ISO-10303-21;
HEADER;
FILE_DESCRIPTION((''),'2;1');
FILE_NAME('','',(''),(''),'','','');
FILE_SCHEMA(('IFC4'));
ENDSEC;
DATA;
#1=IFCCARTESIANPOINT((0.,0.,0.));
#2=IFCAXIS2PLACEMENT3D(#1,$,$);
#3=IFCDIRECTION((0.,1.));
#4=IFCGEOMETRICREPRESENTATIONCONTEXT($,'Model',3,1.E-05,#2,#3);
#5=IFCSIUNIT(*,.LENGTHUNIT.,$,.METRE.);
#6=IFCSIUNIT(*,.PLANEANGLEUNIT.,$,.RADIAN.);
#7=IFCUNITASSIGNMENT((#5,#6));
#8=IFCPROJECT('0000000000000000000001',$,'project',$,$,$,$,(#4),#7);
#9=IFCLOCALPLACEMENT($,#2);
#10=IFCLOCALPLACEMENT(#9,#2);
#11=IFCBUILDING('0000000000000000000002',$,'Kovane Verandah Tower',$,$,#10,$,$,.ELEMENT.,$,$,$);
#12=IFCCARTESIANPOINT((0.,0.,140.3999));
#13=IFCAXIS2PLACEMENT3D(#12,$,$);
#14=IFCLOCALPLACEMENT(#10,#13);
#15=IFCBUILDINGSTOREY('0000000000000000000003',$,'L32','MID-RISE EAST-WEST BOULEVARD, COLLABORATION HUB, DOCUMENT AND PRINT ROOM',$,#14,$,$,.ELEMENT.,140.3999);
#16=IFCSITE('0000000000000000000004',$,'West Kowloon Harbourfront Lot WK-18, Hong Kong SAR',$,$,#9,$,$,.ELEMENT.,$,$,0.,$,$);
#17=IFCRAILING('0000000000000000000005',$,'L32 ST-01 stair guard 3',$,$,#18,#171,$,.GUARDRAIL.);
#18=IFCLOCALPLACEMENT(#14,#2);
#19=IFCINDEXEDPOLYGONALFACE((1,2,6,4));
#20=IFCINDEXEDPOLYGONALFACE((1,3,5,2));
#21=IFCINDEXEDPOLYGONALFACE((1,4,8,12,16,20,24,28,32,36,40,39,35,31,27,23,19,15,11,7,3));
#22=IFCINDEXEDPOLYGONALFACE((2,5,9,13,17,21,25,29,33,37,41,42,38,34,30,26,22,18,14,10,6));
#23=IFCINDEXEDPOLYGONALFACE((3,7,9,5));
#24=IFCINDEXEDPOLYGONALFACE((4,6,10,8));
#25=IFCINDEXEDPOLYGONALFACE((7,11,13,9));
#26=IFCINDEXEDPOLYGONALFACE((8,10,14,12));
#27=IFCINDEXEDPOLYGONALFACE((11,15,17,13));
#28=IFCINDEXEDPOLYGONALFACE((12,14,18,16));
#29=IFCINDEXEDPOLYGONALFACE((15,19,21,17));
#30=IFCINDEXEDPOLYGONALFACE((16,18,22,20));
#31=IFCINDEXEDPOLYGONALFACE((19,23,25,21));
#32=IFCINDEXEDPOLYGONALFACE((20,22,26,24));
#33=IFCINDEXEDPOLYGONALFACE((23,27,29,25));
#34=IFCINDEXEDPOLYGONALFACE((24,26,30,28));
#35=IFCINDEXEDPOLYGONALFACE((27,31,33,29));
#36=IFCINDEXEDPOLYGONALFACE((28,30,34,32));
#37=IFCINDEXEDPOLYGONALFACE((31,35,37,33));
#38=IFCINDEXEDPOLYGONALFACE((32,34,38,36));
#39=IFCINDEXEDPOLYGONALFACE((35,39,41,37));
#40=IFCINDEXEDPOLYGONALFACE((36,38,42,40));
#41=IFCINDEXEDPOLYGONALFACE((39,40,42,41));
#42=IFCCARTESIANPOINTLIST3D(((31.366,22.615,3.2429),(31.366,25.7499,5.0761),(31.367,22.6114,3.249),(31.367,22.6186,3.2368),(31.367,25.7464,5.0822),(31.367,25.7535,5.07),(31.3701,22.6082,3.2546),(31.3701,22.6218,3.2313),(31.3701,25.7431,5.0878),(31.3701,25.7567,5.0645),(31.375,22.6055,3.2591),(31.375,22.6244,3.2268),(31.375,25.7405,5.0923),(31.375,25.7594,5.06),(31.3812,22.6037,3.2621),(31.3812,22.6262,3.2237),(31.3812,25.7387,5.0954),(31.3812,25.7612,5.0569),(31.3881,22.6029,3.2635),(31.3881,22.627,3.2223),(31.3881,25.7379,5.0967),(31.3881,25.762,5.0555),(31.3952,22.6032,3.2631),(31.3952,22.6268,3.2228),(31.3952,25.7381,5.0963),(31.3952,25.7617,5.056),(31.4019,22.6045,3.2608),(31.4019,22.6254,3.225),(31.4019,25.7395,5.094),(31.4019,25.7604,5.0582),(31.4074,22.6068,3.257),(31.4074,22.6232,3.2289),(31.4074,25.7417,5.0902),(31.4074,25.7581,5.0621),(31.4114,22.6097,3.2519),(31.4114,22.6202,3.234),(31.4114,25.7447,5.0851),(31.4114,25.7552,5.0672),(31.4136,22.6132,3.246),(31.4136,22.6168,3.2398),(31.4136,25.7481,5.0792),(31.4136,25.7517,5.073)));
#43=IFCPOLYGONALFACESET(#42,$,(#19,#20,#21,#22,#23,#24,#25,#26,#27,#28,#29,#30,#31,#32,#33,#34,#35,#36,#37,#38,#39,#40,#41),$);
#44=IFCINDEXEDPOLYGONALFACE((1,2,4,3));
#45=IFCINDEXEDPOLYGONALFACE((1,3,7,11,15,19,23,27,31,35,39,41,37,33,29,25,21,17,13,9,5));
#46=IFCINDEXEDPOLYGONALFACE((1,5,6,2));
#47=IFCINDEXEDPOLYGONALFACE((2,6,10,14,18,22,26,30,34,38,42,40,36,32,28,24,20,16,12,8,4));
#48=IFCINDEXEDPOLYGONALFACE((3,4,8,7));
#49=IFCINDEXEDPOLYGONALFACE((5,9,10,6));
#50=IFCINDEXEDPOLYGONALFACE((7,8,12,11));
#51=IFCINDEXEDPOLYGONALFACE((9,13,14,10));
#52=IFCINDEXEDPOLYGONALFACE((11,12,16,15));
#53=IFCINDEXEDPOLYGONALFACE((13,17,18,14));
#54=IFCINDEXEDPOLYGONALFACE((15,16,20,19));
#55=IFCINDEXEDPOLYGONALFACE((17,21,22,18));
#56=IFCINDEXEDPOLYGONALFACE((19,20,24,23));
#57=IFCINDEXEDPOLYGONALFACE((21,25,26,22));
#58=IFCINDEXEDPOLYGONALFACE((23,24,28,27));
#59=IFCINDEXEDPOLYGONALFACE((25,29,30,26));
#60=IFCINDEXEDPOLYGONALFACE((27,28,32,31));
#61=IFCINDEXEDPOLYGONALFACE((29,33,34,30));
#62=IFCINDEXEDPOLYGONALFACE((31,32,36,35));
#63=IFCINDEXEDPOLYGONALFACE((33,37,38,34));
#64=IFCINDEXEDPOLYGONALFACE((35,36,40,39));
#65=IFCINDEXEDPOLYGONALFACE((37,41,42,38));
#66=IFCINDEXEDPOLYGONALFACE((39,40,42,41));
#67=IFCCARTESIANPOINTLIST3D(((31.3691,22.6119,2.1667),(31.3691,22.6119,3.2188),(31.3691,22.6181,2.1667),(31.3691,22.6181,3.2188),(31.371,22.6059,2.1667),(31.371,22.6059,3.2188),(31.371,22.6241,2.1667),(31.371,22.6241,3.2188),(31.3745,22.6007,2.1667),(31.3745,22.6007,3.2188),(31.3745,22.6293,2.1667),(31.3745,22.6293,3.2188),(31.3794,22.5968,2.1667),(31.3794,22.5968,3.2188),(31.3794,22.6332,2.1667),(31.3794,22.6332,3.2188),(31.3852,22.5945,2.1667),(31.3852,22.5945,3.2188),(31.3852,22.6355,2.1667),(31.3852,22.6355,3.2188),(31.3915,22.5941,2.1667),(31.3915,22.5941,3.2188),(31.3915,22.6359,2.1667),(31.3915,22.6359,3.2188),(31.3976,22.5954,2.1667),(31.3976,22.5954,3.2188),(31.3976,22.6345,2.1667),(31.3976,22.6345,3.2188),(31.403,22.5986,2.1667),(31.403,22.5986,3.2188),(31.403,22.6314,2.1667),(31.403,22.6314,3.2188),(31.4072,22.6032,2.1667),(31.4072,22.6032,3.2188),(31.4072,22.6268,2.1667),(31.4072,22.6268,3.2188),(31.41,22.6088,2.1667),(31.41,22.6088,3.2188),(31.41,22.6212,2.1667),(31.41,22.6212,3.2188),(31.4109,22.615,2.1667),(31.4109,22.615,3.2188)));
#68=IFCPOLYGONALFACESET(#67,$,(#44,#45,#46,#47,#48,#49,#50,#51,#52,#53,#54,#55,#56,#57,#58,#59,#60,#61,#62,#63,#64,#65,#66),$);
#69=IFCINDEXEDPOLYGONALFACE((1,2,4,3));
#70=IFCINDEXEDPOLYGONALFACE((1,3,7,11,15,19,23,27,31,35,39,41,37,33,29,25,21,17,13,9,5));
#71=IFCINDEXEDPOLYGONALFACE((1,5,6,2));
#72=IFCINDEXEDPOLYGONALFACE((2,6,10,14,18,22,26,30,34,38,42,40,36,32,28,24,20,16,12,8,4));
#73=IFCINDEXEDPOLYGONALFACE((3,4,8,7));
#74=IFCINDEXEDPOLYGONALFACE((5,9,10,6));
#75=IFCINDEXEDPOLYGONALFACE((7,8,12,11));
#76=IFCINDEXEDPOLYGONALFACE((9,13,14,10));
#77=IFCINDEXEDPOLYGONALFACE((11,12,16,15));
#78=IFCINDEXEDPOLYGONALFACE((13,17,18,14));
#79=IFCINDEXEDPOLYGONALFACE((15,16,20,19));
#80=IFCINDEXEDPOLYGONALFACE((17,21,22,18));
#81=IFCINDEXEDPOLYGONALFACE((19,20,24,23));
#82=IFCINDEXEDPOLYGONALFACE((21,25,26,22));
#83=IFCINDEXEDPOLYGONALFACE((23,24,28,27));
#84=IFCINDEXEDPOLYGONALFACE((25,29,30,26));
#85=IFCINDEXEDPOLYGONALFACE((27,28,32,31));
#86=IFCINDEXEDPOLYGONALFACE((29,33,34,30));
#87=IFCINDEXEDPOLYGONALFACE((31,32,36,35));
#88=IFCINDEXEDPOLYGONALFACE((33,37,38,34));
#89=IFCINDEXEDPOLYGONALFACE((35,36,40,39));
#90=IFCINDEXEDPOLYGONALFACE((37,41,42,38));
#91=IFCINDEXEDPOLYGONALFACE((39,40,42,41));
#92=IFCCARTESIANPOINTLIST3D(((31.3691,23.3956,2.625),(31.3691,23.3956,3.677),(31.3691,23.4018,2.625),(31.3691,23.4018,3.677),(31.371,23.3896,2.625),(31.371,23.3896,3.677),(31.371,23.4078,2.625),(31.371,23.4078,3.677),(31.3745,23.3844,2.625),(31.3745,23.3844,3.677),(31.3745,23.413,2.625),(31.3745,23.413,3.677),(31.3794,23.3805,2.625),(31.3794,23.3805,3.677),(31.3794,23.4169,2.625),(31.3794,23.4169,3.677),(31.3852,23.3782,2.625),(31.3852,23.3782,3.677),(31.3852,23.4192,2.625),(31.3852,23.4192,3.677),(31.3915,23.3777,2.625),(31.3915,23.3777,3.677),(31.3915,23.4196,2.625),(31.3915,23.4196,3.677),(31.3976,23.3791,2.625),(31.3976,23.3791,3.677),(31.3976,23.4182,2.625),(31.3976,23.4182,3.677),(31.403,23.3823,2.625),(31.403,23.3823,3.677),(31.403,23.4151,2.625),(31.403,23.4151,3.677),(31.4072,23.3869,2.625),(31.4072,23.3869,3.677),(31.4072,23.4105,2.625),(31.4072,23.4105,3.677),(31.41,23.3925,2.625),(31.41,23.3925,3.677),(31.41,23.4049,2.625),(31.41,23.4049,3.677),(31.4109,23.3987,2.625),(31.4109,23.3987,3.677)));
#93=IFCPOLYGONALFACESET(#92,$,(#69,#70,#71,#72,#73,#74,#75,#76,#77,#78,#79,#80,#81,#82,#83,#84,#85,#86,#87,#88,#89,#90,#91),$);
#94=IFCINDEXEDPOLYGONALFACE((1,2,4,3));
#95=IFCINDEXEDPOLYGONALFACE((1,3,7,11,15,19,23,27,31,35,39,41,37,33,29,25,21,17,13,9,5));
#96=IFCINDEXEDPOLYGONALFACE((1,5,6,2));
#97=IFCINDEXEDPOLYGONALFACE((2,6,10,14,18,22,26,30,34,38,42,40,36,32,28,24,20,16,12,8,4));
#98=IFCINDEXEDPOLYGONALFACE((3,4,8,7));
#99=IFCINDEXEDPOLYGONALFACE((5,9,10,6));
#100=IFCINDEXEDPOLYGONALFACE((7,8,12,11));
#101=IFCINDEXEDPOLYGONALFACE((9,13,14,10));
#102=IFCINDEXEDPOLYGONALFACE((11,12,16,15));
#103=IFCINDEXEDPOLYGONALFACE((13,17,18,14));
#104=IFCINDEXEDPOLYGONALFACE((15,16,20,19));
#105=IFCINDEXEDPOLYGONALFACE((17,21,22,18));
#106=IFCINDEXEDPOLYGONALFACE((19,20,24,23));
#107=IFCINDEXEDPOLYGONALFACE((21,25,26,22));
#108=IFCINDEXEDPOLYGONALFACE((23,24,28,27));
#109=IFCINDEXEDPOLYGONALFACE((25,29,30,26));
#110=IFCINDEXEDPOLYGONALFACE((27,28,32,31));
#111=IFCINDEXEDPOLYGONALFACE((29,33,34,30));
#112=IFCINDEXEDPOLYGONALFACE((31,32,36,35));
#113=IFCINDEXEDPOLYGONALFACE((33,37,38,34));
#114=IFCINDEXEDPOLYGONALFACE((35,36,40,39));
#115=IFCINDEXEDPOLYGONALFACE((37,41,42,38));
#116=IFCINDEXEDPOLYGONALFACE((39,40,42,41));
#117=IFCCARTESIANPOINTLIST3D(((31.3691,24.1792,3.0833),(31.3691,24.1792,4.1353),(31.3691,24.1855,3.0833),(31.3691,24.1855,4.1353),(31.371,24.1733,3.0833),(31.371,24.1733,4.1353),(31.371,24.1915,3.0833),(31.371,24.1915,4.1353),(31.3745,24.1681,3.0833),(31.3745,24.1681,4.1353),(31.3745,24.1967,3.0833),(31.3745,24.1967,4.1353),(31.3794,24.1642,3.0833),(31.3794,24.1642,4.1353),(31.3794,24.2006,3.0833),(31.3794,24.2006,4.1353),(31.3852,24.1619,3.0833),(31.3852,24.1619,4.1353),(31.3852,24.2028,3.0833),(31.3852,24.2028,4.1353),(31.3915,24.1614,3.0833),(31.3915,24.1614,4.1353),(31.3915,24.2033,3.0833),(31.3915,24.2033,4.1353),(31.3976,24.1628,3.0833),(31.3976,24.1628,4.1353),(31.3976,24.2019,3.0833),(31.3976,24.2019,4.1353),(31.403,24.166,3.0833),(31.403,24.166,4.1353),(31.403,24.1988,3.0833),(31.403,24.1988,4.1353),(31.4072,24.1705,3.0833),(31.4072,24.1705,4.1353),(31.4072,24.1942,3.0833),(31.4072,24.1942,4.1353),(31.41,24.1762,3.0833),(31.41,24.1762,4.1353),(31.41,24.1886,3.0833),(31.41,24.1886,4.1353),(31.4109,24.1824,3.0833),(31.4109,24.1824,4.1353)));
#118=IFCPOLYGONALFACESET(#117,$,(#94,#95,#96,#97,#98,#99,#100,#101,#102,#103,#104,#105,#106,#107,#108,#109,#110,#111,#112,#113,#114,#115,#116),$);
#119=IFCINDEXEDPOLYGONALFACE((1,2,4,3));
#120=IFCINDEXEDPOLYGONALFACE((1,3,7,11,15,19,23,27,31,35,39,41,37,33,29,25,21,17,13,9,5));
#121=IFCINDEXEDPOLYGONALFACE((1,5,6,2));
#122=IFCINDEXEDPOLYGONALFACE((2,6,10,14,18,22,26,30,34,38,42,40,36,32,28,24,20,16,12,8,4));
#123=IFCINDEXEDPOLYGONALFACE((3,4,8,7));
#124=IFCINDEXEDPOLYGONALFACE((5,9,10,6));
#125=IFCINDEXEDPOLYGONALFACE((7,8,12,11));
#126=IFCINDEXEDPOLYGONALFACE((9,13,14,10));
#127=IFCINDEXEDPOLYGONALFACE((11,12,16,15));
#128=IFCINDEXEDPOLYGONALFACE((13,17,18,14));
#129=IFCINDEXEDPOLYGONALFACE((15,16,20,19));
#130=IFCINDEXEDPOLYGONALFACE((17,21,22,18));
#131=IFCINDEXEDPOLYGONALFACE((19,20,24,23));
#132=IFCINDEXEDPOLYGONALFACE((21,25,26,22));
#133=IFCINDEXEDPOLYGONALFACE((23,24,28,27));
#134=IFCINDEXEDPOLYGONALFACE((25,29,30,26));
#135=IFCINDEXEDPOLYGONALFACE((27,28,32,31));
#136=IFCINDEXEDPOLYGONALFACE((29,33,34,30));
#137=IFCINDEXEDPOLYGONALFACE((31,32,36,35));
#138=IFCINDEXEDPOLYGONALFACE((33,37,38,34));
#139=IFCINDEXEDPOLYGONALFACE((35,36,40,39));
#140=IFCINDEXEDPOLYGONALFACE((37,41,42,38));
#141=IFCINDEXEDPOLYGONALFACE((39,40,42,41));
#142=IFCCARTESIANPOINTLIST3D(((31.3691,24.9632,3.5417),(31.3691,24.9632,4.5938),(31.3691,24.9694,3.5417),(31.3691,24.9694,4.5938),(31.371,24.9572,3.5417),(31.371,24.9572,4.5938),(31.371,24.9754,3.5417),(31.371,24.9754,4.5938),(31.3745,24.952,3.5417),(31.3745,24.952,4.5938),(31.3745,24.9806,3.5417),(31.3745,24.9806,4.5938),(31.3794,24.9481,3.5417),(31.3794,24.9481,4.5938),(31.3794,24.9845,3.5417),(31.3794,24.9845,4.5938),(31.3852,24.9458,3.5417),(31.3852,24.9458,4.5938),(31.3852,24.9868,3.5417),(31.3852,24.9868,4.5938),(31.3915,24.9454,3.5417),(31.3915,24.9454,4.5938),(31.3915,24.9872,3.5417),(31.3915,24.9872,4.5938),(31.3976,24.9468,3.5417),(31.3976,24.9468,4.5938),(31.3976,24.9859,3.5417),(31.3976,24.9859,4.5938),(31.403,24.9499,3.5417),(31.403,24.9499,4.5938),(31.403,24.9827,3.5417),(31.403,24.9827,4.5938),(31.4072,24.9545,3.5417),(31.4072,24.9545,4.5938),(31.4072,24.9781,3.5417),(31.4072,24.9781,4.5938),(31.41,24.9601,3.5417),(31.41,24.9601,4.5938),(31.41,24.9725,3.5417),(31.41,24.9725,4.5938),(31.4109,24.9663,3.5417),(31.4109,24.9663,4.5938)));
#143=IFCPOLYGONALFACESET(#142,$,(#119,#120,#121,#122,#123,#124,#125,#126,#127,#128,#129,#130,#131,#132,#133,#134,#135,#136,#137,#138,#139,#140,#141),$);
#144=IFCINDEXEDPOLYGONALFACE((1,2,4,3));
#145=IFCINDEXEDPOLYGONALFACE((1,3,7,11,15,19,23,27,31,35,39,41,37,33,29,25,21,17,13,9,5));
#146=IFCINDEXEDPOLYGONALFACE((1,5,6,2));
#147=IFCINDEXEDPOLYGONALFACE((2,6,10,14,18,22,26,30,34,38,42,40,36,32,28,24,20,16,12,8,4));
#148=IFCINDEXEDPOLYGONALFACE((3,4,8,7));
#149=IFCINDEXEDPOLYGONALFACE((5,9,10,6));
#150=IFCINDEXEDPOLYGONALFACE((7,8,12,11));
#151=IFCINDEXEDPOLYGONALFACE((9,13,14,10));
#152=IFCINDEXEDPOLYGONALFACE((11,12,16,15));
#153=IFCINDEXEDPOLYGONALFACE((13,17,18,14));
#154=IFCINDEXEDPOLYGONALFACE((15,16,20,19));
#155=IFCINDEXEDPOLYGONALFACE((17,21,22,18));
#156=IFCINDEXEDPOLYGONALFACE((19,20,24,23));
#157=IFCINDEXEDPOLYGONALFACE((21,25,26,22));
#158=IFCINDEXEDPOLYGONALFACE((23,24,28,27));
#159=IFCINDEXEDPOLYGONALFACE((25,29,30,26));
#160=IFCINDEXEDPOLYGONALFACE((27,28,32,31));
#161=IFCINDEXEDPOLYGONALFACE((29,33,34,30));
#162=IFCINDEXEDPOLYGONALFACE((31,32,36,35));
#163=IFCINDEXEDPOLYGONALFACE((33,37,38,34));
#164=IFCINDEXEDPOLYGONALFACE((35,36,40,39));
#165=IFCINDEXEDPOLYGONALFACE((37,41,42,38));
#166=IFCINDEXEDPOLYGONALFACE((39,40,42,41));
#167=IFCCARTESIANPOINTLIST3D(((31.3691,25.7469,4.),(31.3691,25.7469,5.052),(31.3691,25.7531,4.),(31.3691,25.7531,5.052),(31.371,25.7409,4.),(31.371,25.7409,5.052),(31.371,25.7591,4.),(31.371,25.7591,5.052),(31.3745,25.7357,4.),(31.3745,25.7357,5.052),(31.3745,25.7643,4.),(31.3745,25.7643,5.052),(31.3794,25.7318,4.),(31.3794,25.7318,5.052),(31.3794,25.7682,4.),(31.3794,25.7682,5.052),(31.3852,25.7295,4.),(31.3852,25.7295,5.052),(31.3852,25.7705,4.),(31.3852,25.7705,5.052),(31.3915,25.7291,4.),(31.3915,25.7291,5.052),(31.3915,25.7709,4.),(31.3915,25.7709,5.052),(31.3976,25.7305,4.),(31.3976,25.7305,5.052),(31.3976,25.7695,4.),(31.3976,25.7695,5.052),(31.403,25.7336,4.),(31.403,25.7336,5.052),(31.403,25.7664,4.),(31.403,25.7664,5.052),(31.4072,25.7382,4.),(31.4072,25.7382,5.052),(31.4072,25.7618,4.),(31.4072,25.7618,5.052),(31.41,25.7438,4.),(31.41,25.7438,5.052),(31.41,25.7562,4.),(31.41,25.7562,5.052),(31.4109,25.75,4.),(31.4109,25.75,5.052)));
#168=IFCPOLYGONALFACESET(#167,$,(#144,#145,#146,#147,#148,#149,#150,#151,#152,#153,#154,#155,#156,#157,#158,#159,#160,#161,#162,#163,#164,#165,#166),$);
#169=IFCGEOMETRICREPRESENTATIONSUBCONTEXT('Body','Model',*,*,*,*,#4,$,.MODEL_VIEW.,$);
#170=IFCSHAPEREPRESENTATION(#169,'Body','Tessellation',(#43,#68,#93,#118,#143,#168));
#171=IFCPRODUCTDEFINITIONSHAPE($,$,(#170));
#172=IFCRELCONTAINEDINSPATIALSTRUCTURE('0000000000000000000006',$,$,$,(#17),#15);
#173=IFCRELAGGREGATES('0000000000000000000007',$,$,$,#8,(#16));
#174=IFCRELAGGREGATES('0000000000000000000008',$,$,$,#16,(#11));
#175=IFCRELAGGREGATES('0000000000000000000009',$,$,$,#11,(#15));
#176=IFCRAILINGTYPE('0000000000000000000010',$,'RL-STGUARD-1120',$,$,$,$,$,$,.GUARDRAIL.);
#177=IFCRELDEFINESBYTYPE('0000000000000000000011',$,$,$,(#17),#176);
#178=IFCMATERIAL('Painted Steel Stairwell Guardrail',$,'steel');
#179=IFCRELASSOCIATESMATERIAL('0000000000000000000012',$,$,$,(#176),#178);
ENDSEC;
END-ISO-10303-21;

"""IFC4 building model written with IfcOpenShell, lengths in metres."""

from ifc_helpers import new_model, si_unit, direction, frame, origin, origin_2d, place, context, subcontext, project, spatial, circle, extrude, material, type_object, element, save


model = new_model("IFC4")

# Units and contexts
model_context = context("Model", 3, precision=1e-05, world=origin(), true_north=direction((0.0, 1.0)))
body_context = subcontext(model_context, "Body", "Model", "MODEL_VIEW")
ifc_project = project(units=[si_unit("LENGTHUNIT", "METRE"), si_unit("PLANEANGLEUNIT", "RADIAN")], contexts=[model_context])

# Site, building, storey
site_placement = place(None, origin())
site = spatial("IfcSite", under=ifc_project, at=site_placement, Name="West Kowloon Harbourfront Lot WK-18, Hong Kong SAR", CompositionType="ELEMENT", RefElevation=0.0)
building_placement = place(site_placement, origin())
building = spatial("IfcBuilding", under=site, at=building_placement, Name="Kovane Verandah Tower", CompositionType="ELEMENT")
storey_placement = place(building_placement, frame((0.0, 0.0, 140.3999)))
storey = spatial("IfcBuildingStorey", under=building, at=storey_placement, Name="L32", Description="MID-RISE EAST-WEST BOULEVARD, COLLABORATION HUB, DOCUMENT AND PRINT ROOM", CompositionType="ELEMENT", Elevation=140.3999)

# Railing
ifc_material_1 = material(Name="Painted Steel Stairwell Guardrail", Category="steel")
railing_type_1 = type_object("IfcRailingType", Name="RL-STGUARD-1120", PredefinedType="GUARDRAIL", material=ifc_material_1)
railing_1_placement = place(storey_placement, frame((31.3899, 22.615, 2.1667)))
element("IfcRailing", 1, at=railing_1_placement, inside=storey, type_object=railing_type_1, Name="L32 ST-01 stair guard 3", PredefinedType="GUARDRAIL", context=body_context, shape_type="SweptSolid", body=[
    extrude(circle(Radius=0.0239, at=origin_2d()), frame((0.0, 0.0, 1.0762), z_axis=(0.0, 0.86324, 0.504794), x_axis=(-1.0, 0.0, 0.0)), (0.0, 0.0, 1.0), 3.6316),
    extrude(circle(Radius=0.021, at=origin_2d()), origin(), (0.0, 0.0, 1.0), 1.052),
    extrude(circle(Radius=0.021, at=origin_2d()), frame((0.0, 0.7837, 0.4583)), (0.0, 0.0, 1.0), 1.052),
    extrude(circle(Radius=0.021, at=origin_2d()), frame((0.0, 1.5674, 0.9165)), (0.0, 0.0, 1.0), 1.052),
    extrude(circle(Radius=0.021, at=origin_2d()), frame((0.0, 2.3513, 1.375)), (0.0, 0.0, 1.0), 1.052),
    extrude(circle(Radius=0.021, at=origin_2d()), frame((0.0, 3.135, 1.8333)), (0.0, 0.0, 1.0), 1.052),
])

save(model, "model.ifc")
